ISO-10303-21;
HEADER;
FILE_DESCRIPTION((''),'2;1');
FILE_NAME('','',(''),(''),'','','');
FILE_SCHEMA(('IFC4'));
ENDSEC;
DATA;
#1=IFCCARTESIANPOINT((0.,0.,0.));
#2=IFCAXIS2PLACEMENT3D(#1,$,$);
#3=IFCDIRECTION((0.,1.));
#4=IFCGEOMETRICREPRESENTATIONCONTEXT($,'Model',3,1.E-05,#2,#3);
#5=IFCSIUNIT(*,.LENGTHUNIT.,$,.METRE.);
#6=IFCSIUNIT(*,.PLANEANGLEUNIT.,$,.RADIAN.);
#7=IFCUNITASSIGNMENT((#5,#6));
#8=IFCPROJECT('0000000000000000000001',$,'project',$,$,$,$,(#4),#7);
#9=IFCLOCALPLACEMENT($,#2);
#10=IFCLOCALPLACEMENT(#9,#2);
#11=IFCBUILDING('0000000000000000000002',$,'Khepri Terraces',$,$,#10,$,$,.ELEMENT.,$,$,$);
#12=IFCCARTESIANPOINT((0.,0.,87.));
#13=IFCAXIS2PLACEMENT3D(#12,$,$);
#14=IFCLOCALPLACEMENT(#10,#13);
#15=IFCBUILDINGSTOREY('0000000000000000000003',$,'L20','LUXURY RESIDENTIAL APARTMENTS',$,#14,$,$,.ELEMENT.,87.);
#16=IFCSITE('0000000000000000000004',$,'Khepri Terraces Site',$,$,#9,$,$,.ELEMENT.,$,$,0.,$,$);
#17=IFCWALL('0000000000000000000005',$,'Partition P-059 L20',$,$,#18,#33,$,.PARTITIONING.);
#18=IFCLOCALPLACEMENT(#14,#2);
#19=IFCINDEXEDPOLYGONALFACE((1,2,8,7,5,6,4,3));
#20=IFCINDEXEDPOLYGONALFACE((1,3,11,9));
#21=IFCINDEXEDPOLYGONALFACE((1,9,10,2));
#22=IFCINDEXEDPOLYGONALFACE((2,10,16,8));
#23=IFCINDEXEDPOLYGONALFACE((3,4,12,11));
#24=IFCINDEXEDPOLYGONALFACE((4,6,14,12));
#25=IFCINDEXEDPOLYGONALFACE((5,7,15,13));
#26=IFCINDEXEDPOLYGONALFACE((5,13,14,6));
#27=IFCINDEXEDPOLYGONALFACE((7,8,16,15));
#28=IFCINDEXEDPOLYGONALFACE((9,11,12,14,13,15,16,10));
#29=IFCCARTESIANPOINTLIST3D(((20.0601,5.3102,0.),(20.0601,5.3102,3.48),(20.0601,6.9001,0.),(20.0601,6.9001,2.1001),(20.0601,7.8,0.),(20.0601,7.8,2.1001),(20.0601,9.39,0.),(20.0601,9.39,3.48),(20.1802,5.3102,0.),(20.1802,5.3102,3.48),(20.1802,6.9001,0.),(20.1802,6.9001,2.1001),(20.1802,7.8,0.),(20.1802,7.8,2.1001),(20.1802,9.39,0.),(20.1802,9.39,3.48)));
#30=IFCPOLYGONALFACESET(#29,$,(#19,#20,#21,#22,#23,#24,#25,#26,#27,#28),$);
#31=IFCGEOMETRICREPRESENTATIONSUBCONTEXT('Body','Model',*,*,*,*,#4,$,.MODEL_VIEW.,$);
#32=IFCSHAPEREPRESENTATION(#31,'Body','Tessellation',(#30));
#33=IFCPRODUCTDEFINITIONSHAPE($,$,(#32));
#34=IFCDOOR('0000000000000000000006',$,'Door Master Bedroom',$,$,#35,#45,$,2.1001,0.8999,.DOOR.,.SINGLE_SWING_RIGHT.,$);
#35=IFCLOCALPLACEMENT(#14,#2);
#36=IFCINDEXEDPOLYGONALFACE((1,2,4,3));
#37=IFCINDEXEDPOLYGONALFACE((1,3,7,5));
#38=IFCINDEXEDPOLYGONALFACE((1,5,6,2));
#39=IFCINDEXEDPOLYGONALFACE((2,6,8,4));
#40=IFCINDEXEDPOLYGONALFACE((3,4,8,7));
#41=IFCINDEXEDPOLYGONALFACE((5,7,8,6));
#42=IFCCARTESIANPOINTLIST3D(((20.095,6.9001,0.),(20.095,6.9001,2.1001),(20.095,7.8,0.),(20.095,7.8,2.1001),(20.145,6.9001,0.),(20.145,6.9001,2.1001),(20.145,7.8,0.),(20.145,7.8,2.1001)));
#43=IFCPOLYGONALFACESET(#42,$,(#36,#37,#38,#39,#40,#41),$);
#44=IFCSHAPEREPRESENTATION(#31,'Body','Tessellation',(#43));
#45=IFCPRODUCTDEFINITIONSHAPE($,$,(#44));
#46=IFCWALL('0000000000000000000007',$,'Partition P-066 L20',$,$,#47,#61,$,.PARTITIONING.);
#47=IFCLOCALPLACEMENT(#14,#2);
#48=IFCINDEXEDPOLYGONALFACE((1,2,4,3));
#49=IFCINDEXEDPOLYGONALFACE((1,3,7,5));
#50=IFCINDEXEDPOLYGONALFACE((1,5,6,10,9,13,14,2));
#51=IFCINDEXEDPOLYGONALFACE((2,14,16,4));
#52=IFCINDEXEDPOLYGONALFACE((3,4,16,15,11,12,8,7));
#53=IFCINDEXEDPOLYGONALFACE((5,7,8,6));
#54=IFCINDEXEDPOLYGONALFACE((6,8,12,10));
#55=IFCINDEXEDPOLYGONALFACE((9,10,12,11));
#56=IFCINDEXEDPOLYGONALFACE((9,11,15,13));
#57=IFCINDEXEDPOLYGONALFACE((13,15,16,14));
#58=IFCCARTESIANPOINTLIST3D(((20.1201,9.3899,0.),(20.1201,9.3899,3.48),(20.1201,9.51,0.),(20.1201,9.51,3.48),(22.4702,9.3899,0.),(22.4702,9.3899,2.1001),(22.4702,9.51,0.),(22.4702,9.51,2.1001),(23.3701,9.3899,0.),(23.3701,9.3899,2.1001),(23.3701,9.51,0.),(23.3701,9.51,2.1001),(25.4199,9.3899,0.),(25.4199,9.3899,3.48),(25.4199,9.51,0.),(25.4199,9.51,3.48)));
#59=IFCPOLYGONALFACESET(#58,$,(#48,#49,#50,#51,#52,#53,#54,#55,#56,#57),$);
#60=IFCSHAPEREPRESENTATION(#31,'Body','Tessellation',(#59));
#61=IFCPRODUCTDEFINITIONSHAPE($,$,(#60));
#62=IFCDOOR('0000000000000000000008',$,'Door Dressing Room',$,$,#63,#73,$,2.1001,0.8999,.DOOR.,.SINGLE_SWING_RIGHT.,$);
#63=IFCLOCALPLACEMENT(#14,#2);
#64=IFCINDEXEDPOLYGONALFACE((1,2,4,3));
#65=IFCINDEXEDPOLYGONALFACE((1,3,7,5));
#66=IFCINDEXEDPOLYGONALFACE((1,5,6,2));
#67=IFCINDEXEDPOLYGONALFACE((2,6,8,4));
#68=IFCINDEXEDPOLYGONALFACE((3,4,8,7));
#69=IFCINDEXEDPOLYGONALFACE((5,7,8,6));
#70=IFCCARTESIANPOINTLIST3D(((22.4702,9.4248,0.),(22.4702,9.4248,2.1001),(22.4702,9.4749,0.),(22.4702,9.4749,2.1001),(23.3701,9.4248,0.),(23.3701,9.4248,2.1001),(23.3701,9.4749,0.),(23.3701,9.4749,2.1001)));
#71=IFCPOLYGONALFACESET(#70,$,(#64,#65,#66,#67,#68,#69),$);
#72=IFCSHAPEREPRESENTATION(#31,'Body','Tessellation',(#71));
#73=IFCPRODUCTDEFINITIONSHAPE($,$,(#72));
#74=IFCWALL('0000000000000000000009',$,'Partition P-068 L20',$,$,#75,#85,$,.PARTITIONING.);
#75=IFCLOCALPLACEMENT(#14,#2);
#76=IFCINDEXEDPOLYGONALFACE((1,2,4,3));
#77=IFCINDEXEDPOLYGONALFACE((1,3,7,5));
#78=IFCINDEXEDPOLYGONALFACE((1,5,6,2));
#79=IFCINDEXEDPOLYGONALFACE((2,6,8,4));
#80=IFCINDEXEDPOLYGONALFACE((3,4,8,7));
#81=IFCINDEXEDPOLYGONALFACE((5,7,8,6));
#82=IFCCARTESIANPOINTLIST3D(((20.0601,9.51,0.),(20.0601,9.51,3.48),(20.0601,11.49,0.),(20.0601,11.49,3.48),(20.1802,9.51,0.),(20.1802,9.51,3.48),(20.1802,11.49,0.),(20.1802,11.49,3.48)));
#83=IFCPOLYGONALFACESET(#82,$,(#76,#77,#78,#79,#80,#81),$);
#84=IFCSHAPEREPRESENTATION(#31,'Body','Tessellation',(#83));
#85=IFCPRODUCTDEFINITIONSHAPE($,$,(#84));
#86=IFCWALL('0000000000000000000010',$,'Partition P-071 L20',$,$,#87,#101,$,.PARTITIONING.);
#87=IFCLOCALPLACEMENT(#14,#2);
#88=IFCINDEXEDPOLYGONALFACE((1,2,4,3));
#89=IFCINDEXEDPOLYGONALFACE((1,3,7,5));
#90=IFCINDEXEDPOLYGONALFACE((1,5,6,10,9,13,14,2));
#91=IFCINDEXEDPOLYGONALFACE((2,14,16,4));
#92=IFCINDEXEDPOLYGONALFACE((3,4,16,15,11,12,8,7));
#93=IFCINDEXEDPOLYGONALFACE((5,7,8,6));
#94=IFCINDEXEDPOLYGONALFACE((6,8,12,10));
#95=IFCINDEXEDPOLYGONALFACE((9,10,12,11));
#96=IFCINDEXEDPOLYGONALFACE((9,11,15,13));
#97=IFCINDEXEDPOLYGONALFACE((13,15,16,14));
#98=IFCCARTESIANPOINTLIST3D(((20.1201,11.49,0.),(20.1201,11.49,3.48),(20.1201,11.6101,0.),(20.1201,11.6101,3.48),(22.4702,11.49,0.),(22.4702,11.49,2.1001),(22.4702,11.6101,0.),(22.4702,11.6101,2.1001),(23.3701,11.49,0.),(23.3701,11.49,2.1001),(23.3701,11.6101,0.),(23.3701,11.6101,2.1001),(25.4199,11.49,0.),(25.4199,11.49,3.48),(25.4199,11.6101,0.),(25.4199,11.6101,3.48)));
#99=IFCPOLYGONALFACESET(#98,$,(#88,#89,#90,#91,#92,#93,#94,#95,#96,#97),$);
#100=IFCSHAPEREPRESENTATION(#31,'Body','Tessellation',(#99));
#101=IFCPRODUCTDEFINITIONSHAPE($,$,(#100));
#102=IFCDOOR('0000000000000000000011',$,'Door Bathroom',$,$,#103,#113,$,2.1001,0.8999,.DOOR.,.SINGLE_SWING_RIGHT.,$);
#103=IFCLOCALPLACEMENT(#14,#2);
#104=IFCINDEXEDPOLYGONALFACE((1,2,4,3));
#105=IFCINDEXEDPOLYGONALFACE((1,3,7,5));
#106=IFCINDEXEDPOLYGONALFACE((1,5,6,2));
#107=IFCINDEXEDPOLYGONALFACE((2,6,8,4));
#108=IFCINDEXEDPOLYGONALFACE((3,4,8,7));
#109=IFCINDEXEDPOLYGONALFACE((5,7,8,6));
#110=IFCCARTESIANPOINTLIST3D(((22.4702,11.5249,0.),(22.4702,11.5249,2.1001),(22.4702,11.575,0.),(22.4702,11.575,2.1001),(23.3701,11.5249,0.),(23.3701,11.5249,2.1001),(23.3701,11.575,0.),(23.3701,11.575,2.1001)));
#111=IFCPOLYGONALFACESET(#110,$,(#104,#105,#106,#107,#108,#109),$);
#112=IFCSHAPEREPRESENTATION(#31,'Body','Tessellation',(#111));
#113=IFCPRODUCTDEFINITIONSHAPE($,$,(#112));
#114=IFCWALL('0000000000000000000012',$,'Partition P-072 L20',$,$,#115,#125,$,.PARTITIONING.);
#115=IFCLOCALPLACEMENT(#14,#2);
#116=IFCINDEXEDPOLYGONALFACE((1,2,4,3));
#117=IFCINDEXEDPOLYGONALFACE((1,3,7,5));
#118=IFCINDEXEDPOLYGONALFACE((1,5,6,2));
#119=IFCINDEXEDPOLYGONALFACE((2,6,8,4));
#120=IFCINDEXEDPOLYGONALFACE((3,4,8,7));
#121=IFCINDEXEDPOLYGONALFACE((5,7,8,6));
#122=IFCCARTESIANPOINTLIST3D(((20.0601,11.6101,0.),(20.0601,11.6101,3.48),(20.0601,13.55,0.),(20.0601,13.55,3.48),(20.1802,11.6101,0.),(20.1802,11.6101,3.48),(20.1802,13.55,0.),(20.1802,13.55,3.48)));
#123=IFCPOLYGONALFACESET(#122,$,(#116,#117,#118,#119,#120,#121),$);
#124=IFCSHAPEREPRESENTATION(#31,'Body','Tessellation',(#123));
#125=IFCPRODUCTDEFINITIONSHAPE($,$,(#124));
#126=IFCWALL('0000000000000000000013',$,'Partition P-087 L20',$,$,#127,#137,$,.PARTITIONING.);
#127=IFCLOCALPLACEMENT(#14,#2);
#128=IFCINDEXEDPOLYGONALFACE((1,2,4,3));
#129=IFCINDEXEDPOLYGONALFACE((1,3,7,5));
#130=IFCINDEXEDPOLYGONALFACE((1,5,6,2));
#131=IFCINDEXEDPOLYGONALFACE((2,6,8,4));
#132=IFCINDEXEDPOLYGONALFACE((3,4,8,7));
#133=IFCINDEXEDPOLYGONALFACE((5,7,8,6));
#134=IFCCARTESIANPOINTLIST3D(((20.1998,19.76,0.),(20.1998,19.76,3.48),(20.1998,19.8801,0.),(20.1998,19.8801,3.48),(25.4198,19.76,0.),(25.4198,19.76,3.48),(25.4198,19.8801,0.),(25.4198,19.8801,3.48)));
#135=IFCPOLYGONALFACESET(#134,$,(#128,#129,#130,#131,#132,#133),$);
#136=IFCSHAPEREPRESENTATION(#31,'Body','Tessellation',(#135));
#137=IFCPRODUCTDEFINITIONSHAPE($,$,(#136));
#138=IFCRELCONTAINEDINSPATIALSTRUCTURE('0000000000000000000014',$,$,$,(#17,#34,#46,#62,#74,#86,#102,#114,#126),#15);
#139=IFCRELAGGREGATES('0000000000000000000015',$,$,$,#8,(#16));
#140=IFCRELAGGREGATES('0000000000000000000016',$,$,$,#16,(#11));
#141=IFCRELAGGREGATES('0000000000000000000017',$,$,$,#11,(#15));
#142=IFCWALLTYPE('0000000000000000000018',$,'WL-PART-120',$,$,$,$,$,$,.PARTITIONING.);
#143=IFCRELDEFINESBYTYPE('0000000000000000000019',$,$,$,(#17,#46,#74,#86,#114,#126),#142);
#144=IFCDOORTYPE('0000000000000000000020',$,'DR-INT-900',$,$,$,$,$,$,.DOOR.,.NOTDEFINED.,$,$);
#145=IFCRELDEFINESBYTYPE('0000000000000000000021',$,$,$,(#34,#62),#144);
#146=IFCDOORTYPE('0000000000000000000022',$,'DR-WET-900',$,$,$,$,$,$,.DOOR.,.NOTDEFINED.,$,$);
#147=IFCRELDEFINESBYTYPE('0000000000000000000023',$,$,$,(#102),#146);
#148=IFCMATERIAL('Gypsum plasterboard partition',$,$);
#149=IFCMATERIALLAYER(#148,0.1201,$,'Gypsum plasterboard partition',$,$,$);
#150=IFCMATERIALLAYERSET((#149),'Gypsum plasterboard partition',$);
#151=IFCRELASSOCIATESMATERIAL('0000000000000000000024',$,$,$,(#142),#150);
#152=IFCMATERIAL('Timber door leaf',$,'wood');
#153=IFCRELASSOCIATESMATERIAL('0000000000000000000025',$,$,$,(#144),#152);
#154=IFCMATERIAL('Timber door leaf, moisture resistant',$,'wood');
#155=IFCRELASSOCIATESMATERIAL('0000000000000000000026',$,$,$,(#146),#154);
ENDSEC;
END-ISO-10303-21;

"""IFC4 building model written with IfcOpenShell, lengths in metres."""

from ifc_helpers import new_model, si_unit, direction, frame, frame_2d, origin, place, context, subcontext, project, spatial, rectangle, extrude, material, layer, layer_set, type_object, element, fill, save


model = new_model("IFC4")

# Units and contexts
model_context = context("Model", 3, precision=1e-05, world=origin(), true_north=direction((0.0, 1.0)))
body_context = subcontext(model_context, "Body", "Model", "MODEL_VIEW")
ifc_project = project(units=[si_unit("LENGTHUNIT", "METRE"), si_unit("PLANEANGLEUNIT", "RADIAN")], contexts=[model_context])

# Site, building, storey
site_placement = place(None, origin())
site = spatial("IfcSite", under=ifc_project, at=site_placement, Name="Khepri Terraces Site", CompositionType="ELEMENT", RefElevation=0.0)
building_placement = place(site_placement, origin())
building = spatial("IfcBuilding", under=site, at=building_placement, Name="Khepri Terraces", CompositionType="ELEMENT")
storey_placement = place(building_placement, frame((0.0, 0.0, 87.0)))
storey = spatial("IfcBuildingStorey", under=building, at=storey_placement, Name="L20", Description="LUXURY RESIDENTIAL APARTMENTS", CompositionType="ELEMENT", Elevation=87.0)

# Walls, openings, doors
ifc_material_1 = material(Name="Gypsum plasterboard partition")
ifc_layer_1 = layer(ifc_material_1, 0.1201, Name="Gypsum plasterboard partition")
ifc_layer_set_1 = layer_set([ifc_layer_1], Name="Gypsum plasterboard partition")
wall_type_1 = type_object("IfcWallType", Name="WL-PART-120", PredefinedType="PARTITIONING", material=ifc_layer_set_1)
wall_1_placement = place(storey_placement, frame((20.1201, 5.3101, 0.0), z_axis=(0.0, 0.0, 1.0), x_axis=(0.0, 1.0, 0.0)))
wall_1 = element("IfcWall", 1, at=wall_1_placement, inside=storey, type_object=wall_type_1, Name="Partition P-059 L20", PredefinedType="PARTITIONING", context=body_context, shape_type="SweptSolid", body=[
    extrude(rectangle(XDim=4.0798, YDim=0.1201, at=frame_2d((2.04, 0.0))), origin(), (0.0, 0.0, 1.0), 3.48),
])
opening_1_placement = place(wall_1_placement, frame((1.5901, 0.0, 0.0)))
opening_1 = element("IfcOpeningElement", 2, at=opening_1_placement, cuts=wall_1, PredefinedType="OPENING", context=body_context, shape_type="SweptSolid", body=[
    extrude(rectangle(XDim=0.8999, YDim=2.1001, at=frame_2d((0.45, 1.05))), frame((0.0, 0.0701, 0.0), z_axis=(0.0, -1.0, 0.0), x_axis=(1.0, 0.0, 0.0)), (0.0, 0.0, 1.0), 0.1401),
])
ifc_material_2 = material(Name="Timber door leaf", Category="wood")
door_type_1 = type_object("IfcDoorType", Name="DR-INT-900", OperationType="NOTDEFINED", PredefinedType="DOOR", material=ifc_material_2)
door_1_placement = place(opening_1_placement, frame((0.8999, 0.0, 0.0), z_axis=(0.0, 0.0, 1.0), x_axis=(-1.0, 0.0, 0.0)))
door_1 = element("IfcDoor", 3, at=door_1_placement, inside=storey, type_object=door_type_1, Name="Door Master Bedroom", OperationType="SINGLE_SWING_RIGHT", OverallHeight=2.1001, OverallWidth=0.8999, PredefinedType="DOOR", context=body_context, shape_type="SweptSolid", body=[
    extrude(rectangle(XDim=0.8999, YDim=2.1001, at=frame_2d((0.45, 1.05))), frame((0.0, 0.0249, 0.0), z_axis=(0.0, -1.0, 0.0), x_axis=(1.0, 0.0, 0.0)), (0.0, 0.0, 1.0), 0.05),
])
fill(opening_1, door_1)
wall_2_placement = place(storey_placement, frame((20.1201, 9.45, 0.0), z_axis=(0.0, 0.0, 1.0), x_axis=(1.0, 0.0, 0.0)))
wall_2 = element("IfcWall", 4, at=wall_2_placement, inside=storey, type_object=wall_type_1, Name="Partition P-066 L20", PredefinedType="PARTITIONING", context=body_context, shape_type="SweptSolid", body=[
    extrude(rectangle(XDim=5.2998, YDim=0.1201, at=frame_2d((2.6499, 0.0))), origin(), (0.0, 0.0, 1.0), 3.48),
])
opening_2_placement = place(wall_2_placement, frame((2.3501, 0.0, 0.0)))
opening_2 = element("IfcOpeningElement", 5, at=opening_2_placement, cuts=wall_2, PredefinedType="OPENING", context=body_context, shape_type="SweptSolid", body=[
    extrude(rectangle(XDim=0.8999, YDim=2.1001, at=frame_2d((0.45, 1.05))), frame((0.0, 0.0701, 0.0), z_axis=(0.0, -1.0, 0.0), x_axis=(1.0, 0.0, 0.0)), (0.0, 0.0, 1.0), 0.1401),
])
door_2_placement = place(opening_2_placement, origin())
door_2 = element("IfcDoor", 6, at=door_2_placement, inside=storey, type_object=door_type_1, Name="Door Dressing Room", OperationType="SINGLE_SWING_RIGHT", OverallHeight=2.1001, OverallWidth=0.8999, PredefinedType="DOOR", context=body_context, shape_type="SweptSolid", body=[
    extrude(rectangle(XDim=0.8999, YDim=2.1001, at=frame_2d((0.45, 1.05))), frame((0.0, 0.0249, 0.0), z_axis=(0.0, -1.0, 0.0), x_axis=(1.0, 0.0, 0.0)), (0.0, 0.0, 1.0), 0.05),
])
fill(opening_2, door_2)

# Wall
wall_3_placement = place(storey_placement, frame((20.1201, 9.51, 0.0), z_axis=(0.0, 0.0, 1.0), x_axis=(0.0, 1.0, 0.0)))
element("IfcWall", 7, at=wall_3_placement, inside=storey, type_object=wall_type_1, Name="Partition P-068 L20", PredefinedType="PARTITIONING", context=body_context, shape_type="SweptSolid", body=[
    extrude(rectangle(XDim=1.98, YDim=0.1201, at=frame_2d((0.99, 0.0))), origin(), (0.0, 0.0, 1.0), 3.48),
])

# Wall, opening, door
wall_4_placement = place(storey_placement, frame((20.1201, 11.55, 0.0), z_axis=(0.0, 0.0, 1.0), x_axis=(1.0, 0.0, 0.0)))
wall_4 = element("IfcWall", 8, at=wall_4_placement, inside=storey, type_object=wall_type_1, Name="Partition P-071 L20", PredefinedType="PARTITIONING", context=body_context, shape_type="SweptSolid", body=[
    extrude(rectangle(XDim=5.2998, YDim=0.1201, at=frame_2d((2.6499, 0.0))), origin(), (0.0, 0.0, 1.0), 3.48),
])
opening_3_placement = place(wall_4_placement, frame((2.3501, 0.0, 0.0)))
opening_3 = element("IfcOpeningElement", 9, at=opening_3_placement, cuts=wall_4, PredefinedType="OPENING", context=body_context, shape_type="SweptSolid", body=[
    extrude(rectangle(XDim=0.8999, YDim=2.1001, at=frame_2d((0.45, 1.05))), frame((0.0, 0.0701, 0.0), z_axis=(0.0, -1.0, 0.0), x_axis=(1.0, 0.0, 0.0)), (0.0, 0.0, 1.0), 0.1401),
])
ifc_material_3 = material(Name="Timber door leaf, moisture resistant", Category="wood")
door_type_2 = type_object("IfcDoorType", Name="DR-WET-900", OperationType="NOTDEFINED", PredefinedType="DOOR", material=ifc_material_3)
door_3_placement = place(opening_3_placement, origin())
door_3 = element("IfcDoor", 10, at=door_3_placement, inside=storey, type_object=door_type_2, Name="Door Bathroom", OperationType="SINGLE_SWING_RIGHT", OverallHeight=2.1001, OverallWidth=0.8999, PredefinedType="DOOR", context=body_context, shape_type="SweptSolid", body=[
    extrude(rectangle(XDim=0.8999, YDim=2.1001, at=frame_2d((0.45, 1.05))), frame((0.0, 0.0249, 0.0), z_axis=(0.0, -1.0, 0.0), x_axis=(1.0, 0.0, 0.0)), (0.0, 0.0, 1.0), 0.05),
])
fill(opening_3, door_3)

# Walls
wall_5_placement = place(storey_placement, frame((20.1201, 11.6101, 0.0), z_axis=(0.0, 0.0, 1.0), x_axis=(0.0, 1.0, 0.0)))
element("IfcWall", 11, at=wall_5_placement, inside=storey, type_object=wall_type_1, Name="Partition P-072 L20", PredefinedType="PARTITIONING", context=body_context, shape_type="SweptSolid", body=[
    extrude(rectangle(XDim=1.9399, YDim=0.1201, at=frame_2d((0.97, 0.0))), origin(), (0.0, 0.0, 1.0), 3.48),
])
wall_6_placement = place(storey_placement, frame((20.2, 19.8201, 0.0), z_axis=(0.0, 0.0, 1.0), x_axis=(1.0, 0.0, 0.0)))
element("IfcWall", 12, at=wall_6_placement, inside=storey, type_object=wall_type_1, Name="Partition P-087 L20", PredefinedType="PARTITIONING", context=body_context, shape_type="SweptSolid", body=[
    extrude(rectangle(XDim=5.22, YDim=0.1201, at=frame_2d((2.6099, 0.0))), origin(), (0.0, 0.0, 1.0), 3.48),
])

save(model, "model.ifc")
